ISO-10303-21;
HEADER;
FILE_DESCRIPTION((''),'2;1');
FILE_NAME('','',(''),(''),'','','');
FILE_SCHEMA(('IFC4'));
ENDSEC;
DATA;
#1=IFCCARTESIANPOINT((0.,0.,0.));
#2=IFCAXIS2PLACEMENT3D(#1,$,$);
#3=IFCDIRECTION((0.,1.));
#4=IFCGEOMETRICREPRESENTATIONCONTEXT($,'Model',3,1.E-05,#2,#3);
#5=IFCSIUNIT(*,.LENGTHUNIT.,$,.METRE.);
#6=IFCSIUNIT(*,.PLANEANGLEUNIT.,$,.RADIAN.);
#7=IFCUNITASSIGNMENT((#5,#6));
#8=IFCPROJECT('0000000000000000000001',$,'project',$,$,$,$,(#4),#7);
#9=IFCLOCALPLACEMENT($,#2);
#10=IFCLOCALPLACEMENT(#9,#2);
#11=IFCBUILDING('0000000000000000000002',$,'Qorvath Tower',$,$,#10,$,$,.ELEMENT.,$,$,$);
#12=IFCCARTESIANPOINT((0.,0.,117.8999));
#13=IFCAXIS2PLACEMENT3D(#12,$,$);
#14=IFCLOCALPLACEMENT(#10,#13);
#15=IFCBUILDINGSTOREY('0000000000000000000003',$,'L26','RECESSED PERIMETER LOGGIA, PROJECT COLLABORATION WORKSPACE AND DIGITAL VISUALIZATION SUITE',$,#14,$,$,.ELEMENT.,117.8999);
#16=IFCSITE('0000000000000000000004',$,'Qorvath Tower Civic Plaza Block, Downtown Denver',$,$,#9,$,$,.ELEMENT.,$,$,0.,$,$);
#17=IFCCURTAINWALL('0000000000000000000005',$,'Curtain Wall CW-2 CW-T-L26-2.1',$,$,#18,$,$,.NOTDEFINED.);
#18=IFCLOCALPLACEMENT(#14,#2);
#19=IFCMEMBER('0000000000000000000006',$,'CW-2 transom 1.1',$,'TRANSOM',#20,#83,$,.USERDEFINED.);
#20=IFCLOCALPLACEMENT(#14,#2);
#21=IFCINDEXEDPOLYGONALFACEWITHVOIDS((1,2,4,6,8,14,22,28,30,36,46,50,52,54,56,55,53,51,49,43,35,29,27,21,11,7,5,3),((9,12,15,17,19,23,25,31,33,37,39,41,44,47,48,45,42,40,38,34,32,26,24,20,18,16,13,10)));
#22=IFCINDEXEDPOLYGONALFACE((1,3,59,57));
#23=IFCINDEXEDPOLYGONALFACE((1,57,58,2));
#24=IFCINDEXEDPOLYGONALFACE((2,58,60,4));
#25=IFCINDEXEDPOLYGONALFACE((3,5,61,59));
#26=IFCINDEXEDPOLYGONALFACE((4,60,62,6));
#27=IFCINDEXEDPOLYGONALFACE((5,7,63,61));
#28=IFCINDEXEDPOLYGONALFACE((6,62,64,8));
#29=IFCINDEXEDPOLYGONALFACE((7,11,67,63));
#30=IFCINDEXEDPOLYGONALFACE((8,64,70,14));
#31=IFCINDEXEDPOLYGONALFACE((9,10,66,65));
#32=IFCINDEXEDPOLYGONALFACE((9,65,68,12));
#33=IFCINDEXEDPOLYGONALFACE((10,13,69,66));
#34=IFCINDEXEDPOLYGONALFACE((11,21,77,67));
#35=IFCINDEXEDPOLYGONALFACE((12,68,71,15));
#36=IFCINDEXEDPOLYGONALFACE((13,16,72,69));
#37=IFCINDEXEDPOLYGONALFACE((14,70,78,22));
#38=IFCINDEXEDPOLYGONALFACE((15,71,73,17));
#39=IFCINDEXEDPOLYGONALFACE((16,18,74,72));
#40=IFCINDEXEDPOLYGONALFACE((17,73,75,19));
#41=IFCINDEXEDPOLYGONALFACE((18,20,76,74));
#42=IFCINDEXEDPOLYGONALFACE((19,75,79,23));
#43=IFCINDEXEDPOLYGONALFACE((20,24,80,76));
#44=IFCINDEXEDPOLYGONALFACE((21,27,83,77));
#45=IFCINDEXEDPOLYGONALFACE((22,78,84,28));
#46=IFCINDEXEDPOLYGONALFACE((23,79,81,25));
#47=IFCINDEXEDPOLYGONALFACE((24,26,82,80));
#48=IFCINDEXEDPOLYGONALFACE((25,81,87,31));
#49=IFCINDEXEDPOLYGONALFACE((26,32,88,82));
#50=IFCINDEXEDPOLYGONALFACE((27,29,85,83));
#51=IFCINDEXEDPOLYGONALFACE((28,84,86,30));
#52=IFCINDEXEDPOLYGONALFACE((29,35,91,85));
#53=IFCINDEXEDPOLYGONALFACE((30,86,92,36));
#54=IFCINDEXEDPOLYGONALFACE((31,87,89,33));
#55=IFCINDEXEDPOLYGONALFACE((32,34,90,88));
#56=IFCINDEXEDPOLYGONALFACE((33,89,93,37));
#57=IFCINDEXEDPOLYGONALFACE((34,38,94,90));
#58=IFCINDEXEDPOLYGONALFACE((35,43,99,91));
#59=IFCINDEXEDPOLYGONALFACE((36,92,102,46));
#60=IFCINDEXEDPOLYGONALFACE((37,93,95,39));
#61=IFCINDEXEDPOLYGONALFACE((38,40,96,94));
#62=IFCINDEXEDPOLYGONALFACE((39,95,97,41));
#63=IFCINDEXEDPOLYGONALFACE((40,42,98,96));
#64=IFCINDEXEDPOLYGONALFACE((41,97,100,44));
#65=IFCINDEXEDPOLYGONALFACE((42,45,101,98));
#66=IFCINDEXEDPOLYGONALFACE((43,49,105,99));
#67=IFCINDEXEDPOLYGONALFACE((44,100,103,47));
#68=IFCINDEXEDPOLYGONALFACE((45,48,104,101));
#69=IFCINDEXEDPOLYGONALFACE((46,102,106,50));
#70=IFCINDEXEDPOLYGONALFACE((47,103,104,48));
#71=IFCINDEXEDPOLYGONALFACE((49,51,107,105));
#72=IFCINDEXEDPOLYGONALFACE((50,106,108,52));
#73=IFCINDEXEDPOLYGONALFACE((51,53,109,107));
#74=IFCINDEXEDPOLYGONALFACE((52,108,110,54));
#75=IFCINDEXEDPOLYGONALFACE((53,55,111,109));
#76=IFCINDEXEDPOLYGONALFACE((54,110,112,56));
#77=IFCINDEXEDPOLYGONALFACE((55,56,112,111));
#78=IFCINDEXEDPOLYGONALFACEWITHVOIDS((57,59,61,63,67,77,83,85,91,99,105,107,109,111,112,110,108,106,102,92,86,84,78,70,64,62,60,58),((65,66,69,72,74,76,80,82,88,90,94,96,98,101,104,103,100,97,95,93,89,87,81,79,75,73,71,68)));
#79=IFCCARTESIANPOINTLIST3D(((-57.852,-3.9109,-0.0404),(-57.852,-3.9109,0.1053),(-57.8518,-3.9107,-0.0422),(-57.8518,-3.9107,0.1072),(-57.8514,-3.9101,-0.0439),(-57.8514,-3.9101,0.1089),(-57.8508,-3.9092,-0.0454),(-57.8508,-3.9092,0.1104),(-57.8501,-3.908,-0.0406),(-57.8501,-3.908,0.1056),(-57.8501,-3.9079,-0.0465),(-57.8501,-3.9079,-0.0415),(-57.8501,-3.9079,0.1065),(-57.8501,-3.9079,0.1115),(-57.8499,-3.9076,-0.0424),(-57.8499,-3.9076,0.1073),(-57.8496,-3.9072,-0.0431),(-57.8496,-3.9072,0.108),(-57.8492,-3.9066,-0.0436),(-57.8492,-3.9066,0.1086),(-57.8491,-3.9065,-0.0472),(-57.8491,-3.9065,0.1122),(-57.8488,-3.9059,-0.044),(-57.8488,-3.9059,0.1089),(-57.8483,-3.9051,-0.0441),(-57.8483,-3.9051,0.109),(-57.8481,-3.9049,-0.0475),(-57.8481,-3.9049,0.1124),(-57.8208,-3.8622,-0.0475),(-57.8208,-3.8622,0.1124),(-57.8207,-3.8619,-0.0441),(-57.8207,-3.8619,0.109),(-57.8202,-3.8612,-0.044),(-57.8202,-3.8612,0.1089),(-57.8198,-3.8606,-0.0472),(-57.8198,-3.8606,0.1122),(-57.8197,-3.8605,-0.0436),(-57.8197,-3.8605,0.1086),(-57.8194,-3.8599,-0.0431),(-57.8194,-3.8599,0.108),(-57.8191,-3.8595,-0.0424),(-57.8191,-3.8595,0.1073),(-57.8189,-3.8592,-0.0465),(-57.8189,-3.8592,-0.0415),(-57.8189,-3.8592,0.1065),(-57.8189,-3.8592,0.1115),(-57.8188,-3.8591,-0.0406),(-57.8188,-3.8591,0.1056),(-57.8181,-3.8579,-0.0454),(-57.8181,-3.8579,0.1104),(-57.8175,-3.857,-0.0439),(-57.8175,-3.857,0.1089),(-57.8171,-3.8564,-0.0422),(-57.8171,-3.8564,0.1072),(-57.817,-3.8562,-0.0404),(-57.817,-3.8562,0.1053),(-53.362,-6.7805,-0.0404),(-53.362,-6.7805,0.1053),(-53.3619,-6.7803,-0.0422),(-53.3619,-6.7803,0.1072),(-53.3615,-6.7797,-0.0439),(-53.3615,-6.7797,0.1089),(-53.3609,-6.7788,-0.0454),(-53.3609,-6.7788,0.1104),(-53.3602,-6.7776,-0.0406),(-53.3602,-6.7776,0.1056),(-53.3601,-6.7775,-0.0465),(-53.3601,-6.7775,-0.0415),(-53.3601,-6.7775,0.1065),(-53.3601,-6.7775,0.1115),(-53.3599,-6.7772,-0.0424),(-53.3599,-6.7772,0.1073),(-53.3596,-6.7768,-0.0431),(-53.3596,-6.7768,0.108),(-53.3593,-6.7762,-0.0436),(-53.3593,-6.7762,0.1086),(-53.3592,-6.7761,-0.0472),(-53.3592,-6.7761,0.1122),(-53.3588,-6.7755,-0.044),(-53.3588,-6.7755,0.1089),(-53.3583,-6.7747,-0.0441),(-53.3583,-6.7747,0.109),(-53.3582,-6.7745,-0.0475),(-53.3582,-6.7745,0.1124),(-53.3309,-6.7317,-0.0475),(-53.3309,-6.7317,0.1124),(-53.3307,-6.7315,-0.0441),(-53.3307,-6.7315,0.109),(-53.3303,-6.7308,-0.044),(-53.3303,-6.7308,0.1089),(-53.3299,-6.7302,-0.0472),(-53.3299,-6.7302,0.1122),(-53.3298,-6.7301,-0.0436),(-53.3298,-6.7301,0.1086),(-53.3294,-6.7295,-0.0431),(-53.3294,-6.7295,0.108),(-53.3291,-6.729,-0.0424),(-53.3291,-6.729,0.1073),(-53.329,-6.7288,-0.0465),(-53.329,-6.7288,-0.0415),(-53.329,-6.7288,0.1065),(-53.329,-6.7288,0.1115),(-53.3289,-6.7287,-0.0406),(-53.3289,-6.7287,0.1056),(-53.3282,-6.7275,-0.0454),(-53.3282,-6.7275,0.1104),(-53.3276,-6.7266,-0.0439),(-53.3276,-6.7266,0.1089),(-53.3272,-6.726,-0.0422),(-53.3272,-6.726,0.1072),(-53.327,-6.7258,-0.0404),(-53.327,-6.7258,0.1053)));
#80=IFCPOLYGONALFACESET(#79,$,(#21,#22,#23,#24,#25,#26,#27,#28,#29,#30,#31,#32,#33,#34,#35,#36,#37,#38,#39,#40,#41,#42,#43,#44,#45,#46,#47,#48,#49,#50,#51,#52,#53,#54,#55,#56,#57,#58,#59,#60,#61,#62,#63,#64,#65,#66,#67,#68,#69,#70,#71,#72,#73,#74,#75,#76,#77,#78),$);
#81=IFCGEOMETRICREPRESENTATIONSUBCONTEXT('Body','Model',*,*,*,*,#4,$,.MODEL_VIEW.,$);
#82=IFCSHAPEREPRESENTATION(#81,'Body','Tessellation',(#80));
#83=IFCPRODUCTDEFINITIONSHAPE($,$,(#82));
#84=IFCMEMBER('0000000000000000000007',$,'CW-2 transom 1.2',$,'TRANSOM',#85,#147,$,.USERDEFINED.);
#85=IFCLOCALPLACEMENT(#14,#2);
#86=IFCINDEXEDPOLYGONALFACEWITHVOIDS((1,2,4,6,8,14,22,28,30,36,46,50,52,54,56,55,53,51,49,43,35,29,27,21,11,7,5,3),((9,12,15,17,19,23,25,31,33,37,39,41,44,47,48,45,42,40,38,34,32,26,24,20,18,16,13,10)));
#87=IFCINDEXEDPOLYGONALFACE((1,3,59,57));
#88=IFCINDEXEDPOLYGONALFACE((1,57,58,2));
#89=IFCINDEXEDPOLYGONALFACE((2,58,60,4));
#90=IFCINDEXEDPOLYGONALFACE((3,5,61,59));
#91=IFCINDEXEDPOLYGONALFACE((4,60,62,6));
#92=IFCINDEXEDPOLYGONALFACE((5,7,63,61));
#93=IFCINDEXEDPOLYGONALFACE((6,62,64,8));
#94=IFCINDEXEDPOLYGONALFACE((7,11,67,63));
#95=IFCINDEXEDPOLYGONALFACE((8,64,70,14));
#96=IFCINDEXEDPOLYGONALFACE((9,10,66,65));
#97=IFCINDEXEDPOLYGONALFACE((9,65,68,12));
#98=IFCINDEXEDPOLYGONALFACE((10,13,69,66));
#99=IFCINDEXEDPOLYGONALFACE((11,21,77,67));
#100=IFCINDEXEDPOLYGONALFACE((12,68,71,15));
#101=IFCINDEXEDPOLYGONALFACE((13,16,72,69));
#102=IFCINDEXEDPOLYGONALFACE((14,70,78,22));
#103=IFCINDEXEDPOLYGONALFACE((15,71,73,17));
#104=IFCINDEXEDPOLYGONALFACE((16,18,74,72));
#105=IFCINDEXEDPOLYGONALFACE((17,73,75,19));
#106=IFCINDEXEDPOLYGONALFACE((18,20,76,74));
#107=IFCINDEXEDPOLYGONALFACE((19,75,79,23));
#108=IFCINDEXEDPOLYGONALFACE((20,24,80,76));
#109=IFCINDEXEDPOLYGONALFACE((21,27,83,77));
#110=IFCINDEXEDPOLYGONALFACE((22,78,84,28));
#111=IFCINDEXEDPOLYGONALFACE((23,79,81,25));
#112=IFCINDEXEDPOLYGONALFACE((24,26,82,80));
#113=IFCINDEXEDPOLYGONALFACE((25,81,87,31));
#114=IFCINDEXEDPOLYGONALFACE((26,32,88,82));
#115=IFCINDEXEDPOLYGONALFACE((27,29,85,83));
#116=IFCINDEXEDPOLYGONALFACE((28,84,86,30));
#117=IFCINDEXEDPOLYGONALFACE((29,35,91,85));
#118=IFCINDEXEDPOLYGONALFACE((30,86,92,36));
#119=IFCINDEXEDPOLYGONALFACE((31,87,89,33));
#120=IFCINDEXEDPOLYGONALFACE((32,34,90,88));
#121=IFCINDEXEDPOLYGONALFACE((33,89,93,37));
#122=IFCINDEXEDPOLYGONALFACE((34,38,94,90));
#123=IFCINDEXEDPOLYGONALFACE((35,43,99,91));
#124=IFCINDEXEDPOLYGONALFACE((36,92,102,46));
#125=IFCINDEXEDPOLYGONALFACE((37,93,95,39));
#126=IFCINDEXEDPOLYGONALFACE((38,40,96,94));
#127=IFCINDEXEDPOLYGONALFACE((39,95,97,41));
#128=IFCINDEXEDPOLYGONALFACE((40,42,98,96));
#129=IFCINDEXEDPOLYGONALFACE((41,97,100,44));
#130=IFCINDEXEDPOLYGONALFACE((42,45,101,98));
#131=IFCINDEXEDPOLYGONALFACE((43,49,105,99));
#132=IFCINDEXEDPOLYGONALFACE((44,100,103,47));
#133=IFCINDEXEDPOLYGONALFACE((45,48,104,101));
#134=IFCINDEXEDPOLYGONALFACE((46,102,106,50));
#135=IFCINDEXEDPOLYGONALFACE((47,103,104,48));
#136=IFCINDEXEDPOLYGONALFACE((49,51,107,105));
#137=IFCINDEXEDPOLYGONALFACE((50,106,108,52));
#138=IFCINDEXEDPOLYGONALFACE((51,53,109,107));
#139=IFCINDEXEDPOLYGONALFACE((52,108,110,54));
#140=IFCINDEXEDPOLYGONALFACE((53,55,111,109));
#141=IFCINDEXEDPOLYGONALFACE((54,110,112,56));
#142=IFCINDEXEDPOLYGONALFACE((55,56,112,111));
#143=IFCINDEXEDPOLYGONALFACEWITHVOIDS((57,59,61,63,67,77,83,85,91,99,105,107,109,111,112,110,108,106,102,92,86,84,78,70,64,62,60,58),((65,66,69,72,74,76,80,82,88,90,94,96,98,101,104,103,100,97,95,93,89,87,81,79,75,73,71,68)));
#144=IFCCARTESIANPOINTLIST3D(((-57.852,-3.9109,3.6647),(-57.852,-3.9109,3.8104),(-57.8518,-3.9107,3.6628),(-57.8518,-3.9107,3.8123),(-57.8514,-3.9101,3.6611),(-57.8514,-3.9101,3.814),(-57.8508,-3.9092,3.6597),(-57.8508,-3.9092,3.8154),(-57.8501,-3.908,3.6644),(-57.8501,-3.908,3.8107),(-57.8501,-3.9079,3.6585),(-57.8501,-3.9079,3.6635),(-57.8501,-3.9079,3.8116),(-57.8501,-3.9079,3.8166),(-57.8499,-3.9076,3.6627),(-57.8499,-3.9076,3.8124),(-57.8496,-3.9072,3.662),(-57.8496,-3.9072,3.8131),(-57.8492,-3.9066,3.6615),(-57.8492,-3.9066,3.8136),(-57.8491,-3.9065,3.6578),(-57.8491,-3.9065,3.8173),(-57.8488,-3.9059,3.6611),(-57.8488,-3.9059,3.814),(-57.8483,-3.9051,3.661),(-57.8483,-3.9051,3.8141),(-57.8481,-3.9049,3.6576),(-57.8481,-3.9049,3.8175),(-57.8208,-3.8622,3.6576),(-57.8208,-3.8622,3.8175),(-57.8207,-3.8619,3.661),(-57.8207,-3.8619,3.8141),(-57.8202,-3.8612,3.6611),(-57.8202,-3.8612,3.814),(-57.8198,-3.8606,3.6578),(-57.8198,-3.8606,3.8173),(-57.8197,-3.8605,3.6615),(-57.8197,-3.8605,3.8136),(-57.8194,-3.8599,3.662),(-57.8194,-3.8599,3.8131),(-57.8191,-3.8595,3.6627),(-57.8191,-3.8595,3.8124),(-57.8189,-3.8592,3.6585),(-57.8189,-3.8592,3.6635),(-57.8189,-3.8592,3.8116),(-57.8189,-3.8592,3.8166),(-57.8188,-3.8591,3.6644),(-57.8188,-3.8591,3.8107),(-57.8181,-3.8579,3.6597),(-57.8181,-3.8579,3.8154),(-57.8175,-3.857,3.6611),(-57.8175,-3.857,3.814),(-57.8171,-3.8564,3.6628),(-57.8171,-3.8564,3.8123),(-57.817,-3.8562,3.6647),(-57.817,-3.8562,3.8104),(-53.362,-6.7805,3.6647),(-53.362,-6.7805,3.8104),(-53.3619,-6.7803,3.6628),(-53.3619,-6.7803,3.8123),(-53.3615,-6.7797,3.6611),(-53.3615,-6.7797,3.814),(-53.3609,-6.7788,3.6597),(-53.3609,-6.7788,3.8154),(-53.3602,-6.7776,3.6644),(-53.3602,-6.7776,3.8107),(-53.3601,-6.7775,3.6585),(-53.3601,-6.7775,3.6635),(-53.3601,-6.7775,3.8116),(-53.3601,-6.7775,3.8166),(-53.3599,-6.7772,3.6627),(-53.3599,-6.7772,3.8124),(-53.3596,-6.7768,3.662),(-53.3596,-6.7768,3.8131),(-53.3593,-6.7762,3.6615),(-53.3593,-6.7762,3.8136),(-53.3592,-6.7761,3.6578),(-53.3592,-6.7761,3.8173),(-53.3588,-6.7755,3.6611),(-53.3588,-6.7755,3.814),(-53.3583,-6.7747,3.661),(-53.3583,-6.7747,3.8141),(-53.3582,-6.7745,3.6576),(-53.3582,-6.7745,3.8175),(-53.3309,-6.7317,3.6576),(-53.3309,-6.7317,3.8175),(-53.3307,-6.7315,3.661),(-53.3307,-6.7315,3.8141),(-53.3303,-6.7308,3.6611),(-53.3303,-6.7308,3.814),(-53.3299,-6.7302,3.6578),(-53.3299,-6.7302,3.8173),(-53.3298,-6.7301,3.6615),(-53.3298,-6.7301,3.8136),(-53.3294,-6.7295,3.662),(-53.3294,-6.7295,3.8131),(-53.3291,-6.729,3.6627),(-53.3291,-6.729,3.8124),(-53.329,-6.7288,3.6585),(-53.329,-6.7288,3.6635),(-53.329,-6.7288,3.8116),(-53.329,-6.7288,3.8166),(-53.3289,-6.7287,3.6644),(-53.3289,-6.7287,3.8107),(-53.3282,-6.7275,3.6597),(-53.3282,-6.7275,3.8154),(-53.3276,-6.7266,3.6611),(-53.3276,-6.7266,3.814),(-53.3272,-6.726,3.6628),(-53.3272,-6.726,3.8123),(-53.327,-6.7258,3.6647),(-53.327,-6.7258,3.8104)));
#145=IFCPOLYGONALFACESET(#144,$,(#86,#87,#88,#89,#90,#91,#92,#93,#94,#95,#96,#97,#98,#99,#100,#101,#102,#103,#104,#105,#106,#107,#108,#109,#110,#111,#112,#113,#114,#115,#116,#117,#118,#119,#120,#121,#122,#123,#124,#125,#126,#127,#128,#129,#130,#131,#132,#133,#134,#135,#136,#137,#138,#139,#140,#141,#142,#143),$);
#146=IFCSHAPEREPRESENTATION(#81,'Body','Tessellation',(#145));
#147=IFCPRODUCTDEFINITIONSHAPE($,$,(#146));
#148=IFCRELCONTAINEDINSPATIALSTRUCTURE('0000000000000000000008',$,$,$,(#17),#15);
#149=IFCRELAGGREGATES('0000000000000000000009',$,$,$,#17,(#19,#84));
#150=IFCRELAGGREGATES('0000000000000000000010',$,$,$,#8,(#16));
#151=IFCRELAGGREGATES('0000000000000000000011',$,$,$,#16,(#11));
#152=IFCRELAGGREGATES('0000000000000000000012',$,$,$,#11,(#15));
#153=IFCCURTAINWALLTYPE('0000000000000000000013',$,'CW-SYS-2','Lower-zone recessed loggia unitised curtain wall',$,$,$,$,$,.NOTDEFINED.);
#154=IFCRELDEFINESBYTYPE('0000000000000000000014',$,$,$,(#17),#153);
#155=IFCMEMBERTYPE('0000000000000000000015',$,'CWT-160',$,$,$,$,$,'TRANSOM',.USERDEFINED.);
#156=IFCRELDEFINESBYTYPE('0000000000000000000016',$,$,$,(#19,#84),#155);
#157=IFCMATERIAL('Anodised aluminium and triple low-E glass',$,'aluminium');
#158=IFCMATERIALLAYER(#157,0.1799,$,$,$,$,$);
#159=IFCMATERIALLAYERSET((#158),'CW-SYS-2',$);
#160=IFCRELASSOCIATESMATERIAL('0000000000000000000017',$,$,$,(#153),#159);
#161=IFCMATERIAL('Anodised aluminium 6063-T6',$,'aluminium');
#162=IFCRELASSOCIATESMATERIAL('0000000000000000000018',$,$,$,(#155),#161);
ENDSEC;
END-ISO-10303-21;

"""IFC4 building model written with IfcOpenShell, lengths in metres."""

from ifc_helpers import new_model, si_unit, direction, frame, origin, origin_2d, place, context, subcontext, project, spatial, hollow_rectangle, extrude, material, layer, layer_set, material_profile, profile_set, type_object, element, aggregate, save


model = new_model("IFC4")

# Units and contexts
model_context = context("Model", 3, precision=1e-05, world=origin(), true_north=direction((0.0, 1.0)))
body_context = subcontext(model_context, "Body", "Model", "MODEL_VIEW")
ifc_project = project(units=[si_unit("LENGTHUNIT", "METRE"), si_unit("PLANEANGLEUNIT", "RADIAN")], contexts=[model_context])

# Site, building, storey
site_placement = place(None, origin())
site = spatial("IfcSite", under=ifc_project, at=site_placement, Name="Qorvath Tower Civic Plaza Block, Downtown Denver", CompositionType="ELEMENT", RefElevation=0.0)
building_placement = place(site_placement, origin())
building = spatial("IfcBuilding", under=site, at=building_placement, Name="Qorvath Tower", CompositionType="ELEMENT")
storey_placement = place(building_placement, frame((0.0, 0.0, 117.8999)))
storey = spatial("IfcBuildingStorey", under=building, at=storey_placement, Name="L26", Description="RECESSED PERIMETER LOGGIA, PROJECT COLLABORATION WORKSPACE AND DIGITAL VISUALIZATION SUITE", CompositionType="ELEMENT", Elevation=117.8999)

# Curtain wall, members
ifc_material_1 = material(Name="Anodised aluminium and triple low-E glass", Category="aluminium")
ifc_layer_1 = layer(ifc_material_1, 0.1799)
ifc_layer_set_1 = layer_set([ifc_layer_1], Name="CW-SYS-2")
curtain_wall_type = type_object("IfcCurtainWallType", Name="CW-SYS-2", Description="Lower-zone recessed loggia unitised curtain wall", PredefinedType="NOTDEFINED", material=ifc_layer_set_1)
curtain_wall_placement = place(storey_placement, origin())
curtain_wall = element("IfcCurtainWall", 1, at=curtain_wall_placement, inside=storey, type_object=curtain_wall_type, Name="Curtain Wall CW-2 CW-T-L26-2.1", PredefinedType="NOTDEFINED")
ifc_material_2 = material(Name="Anodised aluminium 6063-T6", Category="aluminium")
ifc_material_profile_1 = material_profile(ifc_material_2, hollow_rectangle(XDim=0.0649, YDim=0.1599, WallThickness=0.0034, InnerFilletRadius=0.0034, OuterFilletRadius=0.0071, at=origin_2d()), Name="CWT 160x65")
ifc_profile_set_1 = profile_set([ifc_material_profile_1], Name="Anodised aluminium 6063-T6")
member_type_1 = type_object("IfcMemberType", Name="CWT-160", ElementType="TRANSOM", PredefinedType="USERDEFINED", material=ifc_profile_set_1)
member_1_placement = place(storey_placement, frame((-57.8345, -3.8835, 0.0325), z_axis=(0.842609, -0.538526, 0.0), x_axis=(0.538526, 0.842609, 0.0)))
member_1 = element("IfcMember", 2, at=member_1_placement, type_object=member_type_1, Name="CW-2 transom 1.1", ObjectType="TRANSOM", PredefinedType="USERDEFINED", context=body_context, shape_type="SweptSolid", body=[
    extrude(hollow_rectangle(XDim=0.0649, YDim=0.1599, WallThickness=0.0034, InnerFilletRadius=0.0034, OuterFilletRadius=0.0071, at=origin_2d()), origin(), (0.0, 0.0, 1.0), 5.3286),
])
member_2_placement = place(storey_placement, frame((-57.8345, -3.8835, 3.7375), z_axis=(0.842609, -0.538526, 0.0), x_axis=(0.538526, 0.842609, 0.0)))
member_2 = element("IfcMember", 3, at=member_2_placement, type_object=member_type_1, Name="CW-2 transom 1.2", ObjectType="TRANSOM", PredefinedType="USERDEFINED", context=body_context, shape_type="SweptSolid", body=[
    extrude(hollow_rectangle(XDim=0.0649, YDim=0.1599, WallThickness=0.0034, InnerFilletRadius=0.0034, OuterFilletRadius=0.0071, at=origin_2d()), origin(), (0.0, 0.0, 1.0), 5.3286),
])
aggregate(curtain_wall, [member_1, member_2])

save(model, "model.ifc")
